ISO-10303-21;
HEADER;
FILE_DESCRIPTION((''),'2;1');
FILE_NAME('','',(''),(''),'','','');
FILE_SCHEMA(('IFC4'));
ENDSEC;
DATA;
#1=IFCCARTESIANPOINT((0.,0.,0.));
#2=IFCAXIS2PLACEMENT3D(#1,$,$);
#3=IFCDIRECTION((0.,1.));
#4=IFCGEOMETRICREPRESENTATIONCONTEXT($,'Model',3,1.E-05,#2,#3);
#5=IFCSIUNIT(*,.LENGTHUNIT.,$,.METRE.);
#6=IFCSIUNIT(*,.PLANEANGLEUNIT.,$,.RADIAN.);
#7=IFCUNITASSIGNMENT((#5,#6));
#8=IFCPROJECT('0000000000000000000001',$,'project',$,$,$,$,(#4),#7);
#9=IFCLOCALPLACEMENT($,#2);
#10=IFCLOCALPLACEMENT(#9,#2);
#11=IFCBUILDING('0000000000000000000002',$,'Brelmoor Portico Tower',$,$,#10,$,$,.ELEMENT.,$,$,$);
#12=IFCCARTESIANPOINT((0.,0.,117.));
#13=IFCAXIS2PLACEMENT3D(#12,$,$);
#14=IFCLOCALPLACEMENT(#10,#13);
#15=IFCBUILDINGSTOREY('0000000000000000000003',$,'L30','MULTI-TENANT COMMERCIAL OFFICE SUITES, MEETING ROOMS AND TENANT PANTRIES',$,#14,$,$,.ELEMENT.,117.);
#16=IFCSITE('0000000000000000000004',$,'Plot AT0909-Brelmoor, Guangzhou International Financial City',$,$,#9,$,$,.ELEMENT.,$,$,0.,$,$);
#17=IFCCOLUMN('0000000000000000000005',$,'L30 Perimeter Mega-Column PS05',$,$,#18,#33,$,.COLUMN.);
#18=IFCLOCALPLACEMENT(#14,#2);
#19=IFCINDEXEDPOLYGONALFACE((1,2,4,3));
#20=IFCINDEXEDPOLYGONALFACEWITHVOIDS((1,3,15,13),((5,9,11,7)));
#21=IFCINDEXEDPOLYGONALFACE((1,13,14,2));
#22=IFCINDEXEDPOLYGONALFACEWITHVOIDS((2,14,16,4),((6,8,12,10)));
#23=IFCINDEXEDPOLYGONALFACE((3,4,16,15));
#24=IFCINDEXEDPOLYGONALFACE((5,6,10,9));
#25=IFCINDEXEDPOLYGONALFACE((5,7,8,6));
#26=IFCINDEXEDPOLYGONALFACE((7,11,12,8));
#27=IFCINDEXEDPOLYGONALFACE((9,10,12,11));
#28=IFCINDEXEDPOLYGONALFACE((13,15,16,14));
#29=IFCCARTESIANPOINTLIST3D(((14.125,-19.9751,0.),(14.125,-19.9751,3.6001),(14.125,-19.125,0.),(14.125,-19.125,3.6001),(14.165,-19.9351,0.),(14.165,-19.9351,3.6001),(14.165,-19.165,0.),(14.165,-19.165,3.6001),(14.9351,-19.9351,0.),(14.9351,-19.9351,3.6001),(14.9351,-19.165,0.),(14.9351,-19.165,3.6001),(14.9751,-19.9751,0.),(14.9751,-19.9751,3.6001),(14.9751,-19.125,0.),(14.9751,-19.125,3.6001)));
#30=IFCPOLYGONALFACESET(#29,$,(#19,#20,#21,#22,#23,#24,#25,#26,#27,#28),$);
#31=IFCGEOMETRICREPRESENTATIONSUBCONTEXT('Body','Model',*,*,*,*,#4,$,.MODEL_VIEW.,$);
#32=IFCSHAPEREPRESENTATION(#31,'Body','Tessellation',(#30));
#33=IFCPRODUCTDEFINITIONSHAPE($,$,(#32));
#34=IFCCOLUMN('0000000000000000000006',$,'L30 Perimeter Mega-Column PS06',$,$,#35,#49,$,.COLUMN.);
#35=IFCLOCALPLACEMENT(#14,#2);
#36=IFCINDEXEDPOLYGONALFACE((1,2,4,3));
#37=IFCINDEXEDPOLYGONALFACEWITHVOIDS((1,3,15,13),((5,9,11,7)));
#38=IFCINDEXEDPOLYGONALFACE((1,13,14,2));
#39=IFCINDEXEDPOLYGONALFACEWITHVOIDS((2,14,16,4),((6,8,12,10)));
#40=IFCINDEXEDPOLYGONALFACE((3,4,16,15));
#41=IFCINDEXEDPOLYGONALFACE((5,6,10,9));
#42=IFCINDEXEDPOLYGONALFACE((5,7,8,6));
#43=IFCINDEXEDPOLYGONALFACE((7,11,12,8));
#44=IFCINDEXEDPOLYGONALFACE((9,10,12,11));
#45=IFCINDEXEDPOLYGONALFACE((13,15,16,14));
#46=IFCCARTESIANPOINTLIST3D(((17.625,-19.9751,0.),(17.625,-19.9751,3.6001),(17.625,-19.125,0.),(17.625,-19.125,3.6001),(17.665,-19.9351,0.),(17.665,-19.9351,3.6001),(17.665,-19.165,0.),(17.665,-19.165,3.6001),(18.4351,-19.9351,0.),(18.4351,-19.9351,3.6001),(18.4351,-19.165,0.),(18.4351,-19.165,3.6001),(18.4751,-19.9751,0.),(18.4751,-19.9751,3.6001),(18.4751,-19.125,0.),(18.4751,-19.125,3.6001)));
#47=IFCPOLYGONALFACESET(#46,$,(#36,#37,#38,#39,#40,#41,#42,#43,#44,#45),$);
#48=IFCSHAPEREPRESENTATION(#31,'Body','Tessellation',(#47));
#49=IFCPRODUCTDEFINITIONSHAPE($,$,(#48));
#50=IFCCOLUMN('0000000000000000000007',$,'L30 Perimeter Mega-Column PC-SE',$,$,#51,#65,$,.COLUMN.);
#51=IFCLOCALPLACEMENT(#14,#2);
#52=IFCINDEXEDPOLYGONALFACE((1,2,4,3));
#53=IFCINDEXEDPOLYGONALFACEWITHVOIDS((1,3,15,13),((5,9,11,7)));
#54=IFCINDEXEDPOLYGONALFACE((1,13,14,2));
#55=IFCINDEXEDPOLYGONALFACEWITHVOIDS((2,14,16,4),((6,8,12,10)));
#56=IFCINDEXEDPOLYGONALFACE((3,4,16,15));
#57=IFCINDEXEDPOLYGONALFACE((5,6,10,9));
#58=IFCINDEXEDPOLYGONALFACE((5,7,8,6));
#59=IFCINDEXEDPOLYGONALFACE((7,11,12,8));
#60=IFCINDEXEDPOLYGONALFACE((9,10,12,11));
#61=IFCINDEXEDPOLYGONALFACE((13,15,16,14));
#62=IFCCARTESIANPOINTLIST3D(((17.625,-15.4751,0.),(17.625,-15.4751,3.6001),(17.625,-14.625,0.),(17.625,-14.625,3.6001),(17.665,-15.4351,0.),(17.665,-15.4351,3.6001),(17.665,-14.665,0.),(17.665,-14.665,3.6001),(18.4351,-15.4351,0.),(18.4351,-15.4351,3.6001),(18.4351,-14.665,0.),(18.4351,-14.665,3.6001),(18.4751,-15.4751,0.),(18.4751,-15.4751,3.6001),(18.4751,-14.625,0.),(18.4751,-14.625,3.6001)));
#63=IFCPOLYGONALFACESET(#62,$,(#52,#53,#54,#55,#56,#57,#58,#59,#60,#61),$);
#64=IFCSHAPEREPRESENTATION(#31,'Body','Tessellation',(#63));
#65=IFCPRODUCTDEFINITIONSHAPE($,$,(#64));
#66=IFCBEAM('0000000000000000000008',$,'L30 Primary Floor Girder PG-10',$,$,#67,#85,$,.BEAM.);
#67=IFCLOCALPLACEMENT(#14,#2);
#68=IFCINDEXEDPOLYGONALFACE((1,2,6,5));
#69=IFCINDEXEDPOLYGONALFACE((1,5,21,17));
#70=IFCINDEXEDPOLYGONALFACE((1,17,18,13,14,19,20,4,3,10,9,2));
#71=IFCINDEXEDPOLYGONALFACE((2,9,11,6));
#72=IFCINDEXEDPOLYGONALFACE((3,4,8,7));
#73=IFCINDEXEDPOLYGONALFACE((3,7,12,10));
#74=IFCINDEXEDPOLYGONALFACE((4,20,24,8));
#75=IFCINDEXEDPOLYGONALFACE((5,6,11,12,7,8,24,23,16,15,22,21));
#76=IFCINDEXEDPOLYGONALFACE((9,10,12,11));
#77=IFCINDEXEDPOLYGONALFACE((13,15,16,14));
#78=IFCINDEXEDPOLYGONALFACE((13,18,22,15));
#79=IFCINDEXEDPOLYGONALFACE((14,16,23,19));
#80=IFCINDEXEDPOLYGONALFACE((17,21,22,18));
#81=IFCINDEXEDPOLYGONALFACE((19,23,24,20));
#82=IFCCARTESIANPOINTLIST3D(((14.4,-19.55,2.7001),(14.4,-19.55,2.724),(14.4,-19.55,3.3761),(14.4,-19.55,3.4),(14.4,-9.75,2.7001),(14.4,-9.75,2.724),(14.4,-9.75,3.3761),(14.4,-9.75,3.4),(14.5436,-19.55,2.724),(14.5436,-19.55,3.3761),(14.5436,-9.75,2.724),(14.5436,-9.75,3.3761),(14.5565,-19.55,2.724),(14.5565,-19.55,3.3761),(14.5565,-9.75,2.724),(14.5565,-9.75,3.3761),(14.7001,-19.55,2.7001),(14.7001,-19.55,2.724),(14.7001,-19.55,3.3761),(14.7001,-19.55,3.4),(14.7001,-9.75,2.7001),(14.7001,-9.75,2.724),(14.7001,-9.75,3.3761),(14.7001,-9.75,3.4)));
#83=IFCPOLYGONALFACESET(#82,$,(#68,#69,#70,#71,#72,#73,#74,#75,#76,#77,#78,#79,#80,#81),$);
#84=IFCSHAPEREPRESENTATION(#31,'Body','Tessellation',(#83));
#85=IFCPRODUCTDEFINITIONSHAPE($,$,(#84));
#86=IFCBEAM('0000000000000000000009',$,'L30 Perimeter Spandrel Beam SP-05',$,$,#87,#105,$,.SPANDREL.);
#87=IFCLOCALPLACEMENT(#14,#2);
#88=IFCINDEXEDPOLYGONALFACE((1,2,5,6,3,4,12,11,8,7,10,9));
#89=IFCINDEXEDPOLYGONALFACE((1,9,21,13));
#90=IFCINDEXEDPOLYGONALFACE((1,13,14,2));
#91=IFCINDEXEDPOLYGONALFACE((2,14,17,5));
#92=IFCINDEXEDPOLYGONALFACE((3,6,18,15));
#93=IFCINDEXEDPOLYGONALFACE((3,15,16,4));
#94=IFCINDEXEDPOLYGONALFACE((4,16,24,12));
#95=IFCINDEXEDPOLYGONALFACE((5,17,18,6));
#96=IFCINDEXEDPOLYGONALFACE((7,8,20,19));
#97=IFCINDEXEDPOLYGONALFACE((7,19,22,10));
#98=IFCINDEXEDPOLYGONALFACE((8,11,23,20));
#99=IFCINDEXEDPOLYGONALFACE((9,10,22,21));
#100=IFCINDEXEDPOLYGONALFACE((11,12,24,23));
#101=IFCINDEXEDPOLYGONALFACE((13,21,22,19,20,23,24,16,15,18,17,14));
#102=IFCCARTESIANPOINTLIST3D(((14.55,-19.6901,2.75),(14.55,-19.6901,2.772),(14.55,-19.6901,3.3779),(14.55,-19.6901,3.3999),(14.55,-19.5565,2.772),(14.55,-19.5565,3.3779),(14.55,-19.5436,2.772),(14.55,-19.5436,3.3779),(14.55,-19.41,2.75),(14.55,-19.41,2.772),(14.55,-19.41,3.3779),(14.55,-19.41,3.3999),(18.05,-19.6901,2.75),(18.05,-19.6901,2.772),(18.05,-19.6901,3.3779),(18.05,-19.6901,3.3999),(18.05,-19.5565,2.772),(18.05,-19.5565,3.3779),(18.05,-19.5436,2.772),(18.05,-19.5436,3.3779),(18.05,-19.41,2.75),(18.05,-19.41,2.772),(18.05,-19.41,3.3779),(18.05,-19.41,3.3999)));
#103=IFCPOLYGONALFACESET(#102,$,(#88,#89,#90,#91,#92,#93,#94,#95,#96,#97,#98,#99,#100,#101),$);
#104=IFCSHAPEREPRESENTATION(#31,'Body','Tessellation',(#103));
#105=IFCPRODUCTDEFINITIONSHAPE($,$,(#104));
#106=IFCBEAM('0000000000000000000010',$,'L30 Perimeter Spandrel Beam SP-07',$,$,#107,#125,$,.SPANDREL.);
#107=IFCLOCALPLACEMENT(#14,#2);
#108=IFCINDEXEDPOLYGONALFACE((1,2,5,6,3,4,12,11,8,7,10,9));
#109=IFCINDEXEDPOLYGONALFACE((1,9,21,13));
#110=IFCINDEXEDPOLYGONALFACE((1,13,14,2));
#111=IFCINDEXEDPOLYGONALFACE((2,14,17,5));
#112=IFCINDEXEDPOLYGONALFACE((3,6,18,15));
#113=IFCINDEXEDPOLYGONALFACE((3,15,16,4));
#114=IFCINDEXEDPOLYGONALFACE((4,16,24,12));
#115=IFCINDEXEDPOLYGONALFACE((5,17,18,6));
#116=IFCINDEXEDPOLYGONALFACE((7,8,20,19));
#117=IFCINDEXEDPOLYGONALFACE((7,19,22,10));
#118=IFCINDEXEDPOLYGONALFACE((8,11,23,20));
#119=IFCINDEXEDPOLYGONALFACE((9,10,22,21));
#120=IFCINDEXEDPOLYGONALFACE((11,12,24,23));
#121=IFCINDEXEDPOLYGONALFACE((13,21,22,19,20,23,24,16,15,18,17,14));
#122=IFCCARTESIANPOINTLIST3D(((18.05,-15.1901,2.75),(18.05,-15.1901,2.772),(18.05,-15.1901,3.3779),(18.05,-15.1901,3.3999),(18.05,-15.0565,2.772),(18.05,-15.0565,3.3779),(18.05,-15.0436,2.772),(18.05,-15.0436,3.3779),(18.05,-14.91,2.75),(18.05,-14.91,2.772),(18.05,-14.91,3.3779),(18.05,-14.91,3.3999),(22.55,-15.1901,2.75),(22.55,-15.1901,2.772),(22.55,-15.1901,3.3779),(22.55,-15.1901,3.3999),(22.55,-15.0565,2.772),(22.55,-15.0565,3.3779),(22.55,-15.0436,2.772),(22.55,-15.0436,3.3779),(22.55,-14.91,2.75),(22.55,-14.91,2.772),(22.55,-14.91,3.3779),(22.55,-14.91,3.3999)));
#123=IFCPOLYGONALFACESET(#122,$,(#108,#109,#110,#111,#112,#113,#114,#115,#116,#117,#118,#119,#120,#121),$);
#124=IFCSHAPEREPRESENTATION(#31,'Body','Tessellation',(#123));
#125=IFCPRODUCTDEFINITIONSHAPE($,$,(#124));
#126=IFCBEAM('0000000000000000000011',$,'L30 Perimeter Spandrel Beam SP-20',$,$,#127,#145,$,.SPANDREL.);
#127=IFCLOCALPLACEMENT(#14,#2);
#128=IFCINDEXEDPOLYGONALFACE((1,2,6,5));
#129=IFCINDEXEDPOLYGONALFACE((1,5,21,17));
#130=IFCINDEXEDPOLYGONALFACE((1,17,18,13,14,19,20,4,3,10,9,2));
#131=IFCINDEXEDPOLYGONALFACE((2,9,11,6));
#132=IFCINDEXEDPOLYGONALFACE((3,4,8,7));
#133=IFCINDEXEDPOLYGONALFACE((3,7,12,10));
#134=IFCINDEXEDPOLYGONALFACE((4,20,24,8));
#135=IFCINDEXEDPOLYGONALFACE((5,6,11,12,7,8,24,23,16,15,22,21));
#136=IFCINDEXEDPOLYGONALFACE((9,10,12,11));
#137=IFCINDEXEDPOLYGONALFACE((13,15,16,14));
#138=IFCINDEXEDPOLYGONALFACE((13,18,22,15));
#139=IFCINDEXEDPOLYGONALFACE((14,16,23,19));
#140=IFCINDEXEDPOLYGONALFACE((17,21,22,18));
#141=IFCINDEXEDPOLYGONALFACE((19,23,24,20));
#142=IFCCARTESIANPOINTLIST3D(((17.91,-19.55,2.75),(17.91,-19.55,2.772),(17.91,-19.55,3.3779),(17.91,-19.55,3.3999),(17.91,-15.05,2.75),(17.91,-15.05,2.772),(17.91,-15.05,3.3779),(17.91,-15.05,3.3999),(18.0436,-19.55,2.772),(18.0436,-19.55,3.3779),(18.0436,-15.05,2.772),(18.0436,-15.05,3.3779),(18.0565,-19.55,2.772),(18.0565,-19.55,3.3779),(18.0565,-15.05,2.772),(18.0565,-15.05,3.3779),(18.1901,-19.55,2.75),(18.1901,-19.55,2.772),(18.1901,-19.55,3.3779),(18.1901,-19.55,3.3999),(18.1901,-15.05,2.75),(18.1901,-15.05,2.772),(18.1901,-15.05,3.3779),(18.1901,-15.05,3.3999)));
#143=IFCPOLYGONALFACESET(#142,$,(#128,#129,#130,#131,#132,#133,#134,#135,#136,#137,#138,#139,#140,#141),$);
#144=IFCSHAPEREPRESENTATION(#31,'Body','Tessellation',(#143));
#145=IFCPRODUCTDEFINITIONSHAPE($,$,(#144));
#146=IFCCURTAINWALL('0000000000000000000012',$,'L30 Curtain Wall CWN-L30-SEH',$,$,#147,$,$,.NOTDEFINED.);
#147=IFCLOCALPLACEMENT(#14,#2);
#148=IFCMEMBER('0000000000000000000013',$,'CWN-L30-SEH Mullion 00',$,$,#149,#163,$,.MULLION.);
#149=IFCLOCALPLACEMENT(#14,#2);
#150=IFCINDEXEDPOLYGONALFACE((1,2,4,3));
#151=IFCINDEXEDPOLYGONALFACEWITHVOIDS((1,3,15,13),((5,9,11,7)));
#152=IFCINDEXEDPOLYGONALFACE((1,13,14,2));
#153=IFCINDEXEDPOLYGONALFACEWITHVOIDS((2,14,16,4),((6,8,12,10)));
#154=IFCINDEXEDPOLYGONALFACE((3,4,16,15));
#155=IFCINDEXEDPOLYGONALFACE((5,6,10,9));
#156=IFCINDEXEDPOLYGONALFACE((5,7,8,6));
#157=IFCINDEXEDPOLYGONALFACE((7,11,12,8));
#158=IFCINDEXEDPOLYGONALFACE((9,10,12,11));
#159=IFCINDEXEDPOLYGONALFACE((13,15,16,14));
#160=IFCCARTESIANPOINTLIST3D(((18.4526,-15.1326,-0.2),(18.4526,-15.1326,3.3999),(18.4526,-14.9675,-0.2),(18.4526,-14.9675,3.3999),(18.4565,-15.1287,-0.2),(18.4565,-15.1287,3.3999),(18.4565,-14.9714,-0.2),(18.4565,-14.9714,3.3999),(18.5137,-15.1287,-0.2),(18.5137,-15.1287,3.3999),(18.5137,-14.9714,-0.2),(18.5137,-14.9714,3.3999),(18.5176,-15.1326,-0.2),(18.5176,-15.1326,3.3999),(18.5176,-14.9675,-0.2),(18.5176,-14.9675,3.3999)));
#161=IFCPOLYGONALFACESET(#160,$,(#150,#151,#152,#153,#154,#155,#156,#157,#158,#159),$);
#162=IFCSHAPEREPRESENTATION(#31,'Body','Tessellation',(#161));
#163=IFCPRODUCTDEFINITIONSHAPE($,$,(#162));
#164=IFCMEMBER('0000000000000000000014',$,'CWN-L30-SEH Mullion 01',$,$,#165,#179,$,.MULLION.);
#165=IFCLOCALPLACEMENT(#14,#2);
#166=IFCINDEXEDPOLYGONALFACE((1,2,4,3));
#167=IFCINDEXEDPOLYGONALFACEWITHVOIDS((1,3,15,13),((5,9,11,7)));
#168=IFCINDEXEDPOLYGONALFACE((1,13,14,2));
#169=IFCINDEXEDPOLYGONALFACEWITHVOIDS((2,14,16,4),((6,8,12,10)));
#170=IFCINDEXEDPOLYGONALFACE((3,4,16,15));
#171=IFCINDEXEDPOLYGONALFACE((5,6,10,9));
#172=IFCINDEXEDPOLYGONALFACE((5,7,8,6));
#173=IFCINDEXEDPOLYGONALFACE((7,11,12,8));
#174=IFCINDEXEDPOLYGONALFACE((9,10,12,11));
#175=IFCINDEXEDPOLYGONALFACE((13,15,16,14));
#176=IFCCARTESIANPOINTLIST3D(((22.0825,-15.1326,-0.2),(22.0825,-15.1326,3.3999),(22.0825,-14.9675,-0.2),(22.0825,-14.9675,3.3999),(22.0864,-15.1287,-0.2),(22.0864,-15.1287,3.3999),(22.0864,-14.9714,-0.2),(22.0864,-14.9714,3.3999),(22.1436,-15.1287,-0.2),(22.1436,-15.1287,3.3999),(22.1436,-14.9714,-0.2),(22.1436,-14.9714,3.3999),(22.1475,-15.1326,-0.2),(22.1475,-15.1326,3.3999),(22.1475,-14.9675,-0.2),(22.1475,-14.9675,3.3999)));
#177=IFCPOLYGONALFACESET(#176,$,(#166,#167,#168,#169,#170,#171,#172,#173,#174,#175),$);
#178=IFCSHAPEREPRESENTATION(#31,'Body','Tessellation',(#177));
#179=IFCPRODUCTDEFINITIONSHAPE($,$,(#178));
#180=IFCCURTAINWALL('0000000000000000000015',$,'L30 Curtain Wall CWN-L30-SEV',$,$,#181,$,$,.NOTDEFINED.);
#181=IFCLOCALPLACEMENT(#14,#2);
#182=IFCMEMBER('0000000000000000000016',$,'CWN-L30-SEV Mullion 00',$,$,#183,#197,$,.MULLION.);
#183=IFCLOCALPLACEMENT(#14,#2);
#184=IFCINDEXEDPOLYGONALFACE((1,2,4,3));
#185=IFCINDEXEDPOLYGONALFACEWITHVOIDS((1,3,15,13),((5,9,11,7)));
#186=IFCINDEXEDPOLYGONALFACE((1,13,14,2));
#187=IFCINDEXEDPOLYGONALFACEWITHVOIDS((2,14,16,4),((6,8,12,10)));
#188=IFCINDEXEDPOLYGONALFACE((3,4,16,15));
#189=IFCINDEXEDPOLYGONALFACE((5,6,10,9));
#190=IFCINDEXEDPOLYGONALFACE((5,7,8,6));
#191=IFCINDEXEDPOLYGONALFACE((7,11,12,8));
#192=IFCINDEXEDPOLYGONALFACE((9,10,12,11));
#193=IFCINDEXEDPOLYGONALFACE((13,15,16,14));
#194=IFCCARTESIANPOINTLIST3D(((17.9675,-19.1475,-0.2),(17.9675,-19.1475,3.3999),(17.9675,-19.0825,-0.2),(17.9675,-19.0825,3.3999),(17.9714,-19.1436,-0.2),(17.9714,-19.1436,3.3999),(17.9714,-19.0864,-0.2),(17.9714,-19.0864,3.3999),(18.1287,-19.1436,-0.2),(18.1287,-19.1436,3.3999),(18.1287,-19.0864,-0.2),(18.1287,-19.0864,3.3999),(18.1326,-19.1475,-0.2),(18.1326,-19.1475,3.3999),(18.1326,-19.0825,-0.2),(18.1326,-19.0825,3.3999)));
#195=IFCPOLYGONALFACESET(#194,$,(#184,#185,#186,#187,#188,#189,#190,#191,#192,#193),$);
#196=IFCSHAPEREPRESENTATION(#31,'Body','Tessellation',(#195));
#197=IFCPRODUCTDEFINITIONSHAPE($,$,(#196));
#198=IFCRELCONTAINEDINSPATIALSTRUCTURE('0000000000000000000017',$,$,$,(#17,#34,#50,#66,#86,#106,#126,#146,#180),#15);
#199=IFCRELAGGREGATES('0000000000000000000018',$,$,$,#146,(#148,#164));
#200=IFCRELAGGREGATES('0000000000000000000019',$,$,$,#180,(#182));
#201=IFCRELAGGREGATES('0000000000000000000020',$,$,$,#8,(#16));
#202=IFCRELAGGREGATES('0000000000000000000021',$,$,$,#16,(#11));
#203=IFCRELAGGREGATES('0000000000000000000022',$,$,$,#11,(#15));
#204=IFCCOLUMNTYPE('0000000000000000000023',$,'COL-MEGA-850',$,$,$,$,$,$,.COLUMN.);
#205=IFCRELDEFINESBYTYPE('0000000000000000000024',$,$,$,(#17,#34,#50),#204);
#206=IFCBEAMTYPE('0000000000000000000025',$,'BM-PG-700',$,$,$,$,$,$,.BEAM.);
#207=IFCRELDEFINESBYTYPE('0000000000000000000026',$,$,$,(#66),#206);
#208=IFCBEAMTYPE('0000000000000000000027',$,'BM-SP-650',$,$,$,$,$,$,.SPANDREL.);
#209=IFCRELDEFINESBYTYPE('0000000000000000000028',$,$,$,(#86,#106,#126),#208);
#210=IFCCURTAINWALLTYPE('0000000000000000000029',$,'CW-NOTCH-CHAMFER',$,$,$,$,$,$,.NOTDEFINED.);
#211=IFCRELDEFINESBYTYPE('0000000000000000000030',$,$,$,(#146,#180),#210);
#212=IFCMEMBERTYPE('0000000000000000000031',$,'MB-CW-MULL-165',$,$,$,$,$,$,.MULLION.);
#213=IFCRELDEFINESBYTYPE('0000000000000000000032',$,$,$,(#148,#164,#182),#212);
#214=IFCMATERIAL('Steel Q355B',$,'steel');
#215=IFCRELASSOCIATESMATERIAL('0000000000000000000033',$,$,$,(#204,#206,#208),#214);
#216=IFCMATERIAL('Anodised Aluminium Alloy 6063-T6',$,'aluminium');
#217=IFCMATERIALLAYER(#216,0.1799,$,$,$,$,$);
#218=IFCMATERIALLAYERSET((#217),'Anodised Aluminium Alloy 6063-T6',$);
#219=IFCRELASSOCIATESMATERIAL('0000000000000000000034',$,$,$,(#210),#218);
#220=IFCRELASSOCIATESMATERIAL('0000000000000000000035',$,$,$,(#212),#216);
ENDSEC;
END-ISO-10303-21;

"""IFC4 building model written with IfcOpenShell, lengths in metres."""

from ifc_helpers import new_model, si_unit, direction, frame, origin, origin_2d, place, context, subcontext, project, spatial, hollow_rectangle, i_section, extrude, material, layer, layer_set, material_profile, profile_set, type_object, element, aggregate, save


model = new_model("IFC4")

# Units and contexts
model_context = context("Model", 3, precision=1e-05, world=origin(), true_north=direction((0.0, 1.0)))
body_context = subcontext(model_context, "Body", "Model", "MODEL_VIEW")
ifc_project = project(units=[si_unit("LENGTHUNIT", "METRE"), si_unit("PLANEANGLEUNIT", "RADIAN")], contexts=[model_context])

# Site, building, storey
site_placement = place(None, origin())
site = spatial("IfcSite", under=ifc_project, at=site_placement, Name="Plot AT0909-Brelmoor, Guangzhou International Financial City", CompositionType="ELEMENT", RefElevation=0.0)
building_placement = place(site_placement, origin())
building = spatial("IfcBuilding", under=site, at=building_placement, Name="Brelmoor Portico Tower", CompositionType="ELEMENT")
storey_placement = place(building_placement, frame((0.0, 0.0, 117.0)))
storey = spatial("IfcBuildingStorey", under=building, at=storey_placement, Name="L30", Description="MULTI-TENANT COMMERCIAL OFFICE SUITES, MEETING ROOMS AND TENANT PANTRIES", CompositionType="ELEMENT", Elevation=117.0)

# Columns
ifc_material_1 = material(Name="Steel Q355B", Category="steel")
ifc_material_profile_1 = material_profile(ifc_material_1, hollow_rectangle(XDim=0.8501, YDim=0.8501, WallThickness=0.04, at=origin_2d()), Name="BOX 850x850x40")
ifc_profile_set_1 = profile_set([ifc_material_profile_1], Name="Steel Q355B")
column_type = type_object("IfcColumnType", Name="COL-MEGA-850", PredefinedType="COLUMN", material=ifc_profile_set_1)
for number, where, z_axis, x_axis, name in (
    (1, (14.55, -19.55, 0.0), (0.0, 0.0, 1.0), (1.0, 0.0, 0.0), "L30 Perimeter Mega-Column PS05"),
    (2, (18.05, -19.55, 0.0), (0.0, 0.0, 1.0), (1.0, 0.0, 0.0), "L30 Perimeter Mega-Column PS06"),
    (3, (18.05, -15.05, 0.0), (0.0, 0.0, 1.0), (1.0, 0.0, 0.0), "L30 Perimeter Mega-Column PC-SE"),
):
    element("IfcColumn", number, at=place(storey_placement, frame(where, z_axis=z_axis, x_axis=x_axis)), inside=storey, type_object=column_type, Name=name, PredefinedType="COLUMN", context=body_context, shape_type="SweptSolid", body=[
        extrude(hollow_rectangle(XDim=0.8501, YDim=0.8501, WallThickness=0.04, at=origin_2d()), origin(), (0.0, 0.0, 1.0), 3.6001),
    ])

# Beams
ifc_material_profile_2 = material_profile(ifc_material_1, i_section(OverallWidth=0.3, OverallDepth=0.7, WebThickness=0.0129, FlangeThickness=0.0239, at=origin_2d()), Name="HN 700x300x13x24")
ifc_profile_set_2 = profile_set([ifc_material_profile_2], Name="Steel Q355B")
beam_type_1 = type_object("IfcBeamType", Name="BM-PG-700", PredefinedType="BEAM", material=ifc_profile_set_2)
beam_1_placement = place(storey_placement, frame((14.55, -19.55, 3.05), z_axis=(0.0, 1.0, 0.0), x_axis=(-1.0, 0.0, 0.0)))
element("IfcBeam", 4, at=beam_1_placement, inside=storey, type_object=beam_type_1, Name="L30 Primary Floor Girder PG-10", PredefinedType="BEAM", context=body_context, shape_type="SweptSolid", body=[
    extrude(i_section(OverallWidth=0.3, OverallDepth=0.7, WebThickness=0.0129, FlangeThickness=0.0239, at=origin_2d()), origin(), (0.0, 0.0, 1.0), 9.8),
])
ifc_material_profile_3 = material_profile(ifc_material_1, i_section(OverallWidth=0.28, OverallDepth=0.6499, WebThickness=0.0129, FlangeThickness=0.022, at=origin_2d()), Name="HN 650x280x13x22")
ifc_profile_set_3 = profile_set([ifc_material_profile_3], Name="Steel Q355B")
beam_type_2 = type_object("IfcBeamType", Name="BM-SP-650", PredefinedType="SPANDREL", material=ifc_profile_set_3)
beam_2_placement = place(storey_placement, frame((14.55, -19.55, 3.075), z_axis=(1.0, 0.0, 0.0), x_axis=(0.0, 1.0, 0.0)))
element("IfcBeam", 5, at=beam_2_placement, inside=storey, type_object=beam_type_2, Name="L30 Perimeter Spandrel Beam SP-05", PredefinedType="SPANDREL", context=body_context, shape_type="SweptSolid", body=[
    extrude(i_section(OverallWidth=0.28, OverallDepth=0.6499, WebThickness=0.0129, FlangeThickness=0.022, at=origin_2d()), origin(), (0.0, 0.0, 1.0), 3.5),
])
for number, where, z_axis, x_axis, name in (
    (6, (18.05, -15.05, 3.075), (1.0, 0.0, 0.0), (0.0, 1.0, 0.0), "L30 Perimeter Spandrel Beam SP-07"),
    (7, (18.05, -19.55, 3.075), (0.0, 1.0, 0.0), (-1.0, 0.0, 0.0), "L30 Perimeter Spandrel Beam SP-20"),
):
    element("IfcBeam", number, at=place(storey_placement, frame(where, z_axis=z_axis, x_axis=x_axis)), inside=storey, type_object=beam_type_2, Name=name, PredefinedType="SPANDREL", context=body_context, shape_type="SweptSolid", body=[
        extrude(i_section(OverallWidth=0.28, OverallDepth=0.6499, WebThickness=0.0129, FlangeThickness=0.022, at=origin_2d()), origin(), (0.0, 0.0, 1.0), 4.5),
    ])

# Curtain walls, members
ifc_material_2 = material(Name="Anodised Aluminium Alloy 6063-T6", Category="aluminium")
ifc_layer_1 = layer(ifc_material_2, 0.1799)
ifc_layer_set_1 = layer_set([ifc_layer_1], Name="Anodised Aluminium Alloy 6063-T6")
curtain_wall_type_1 = type_object("IfcCurtainWallType", Name="CW-NOTCH-CHAMFER", PredefinedType="NOTDEFINED", material=ifc_layer_set_1)
curtain_wall_1_placement = place(storey_placement, origin())
curtain_wall_1 = element("IfcCurtainWall", 8, at=curtain_wall_1_placement, inside=storey, type_object=curtain_wall_type_1, Name="L30 Curtain Wall CWN-L30-SEH", PredefinedType="NOTDEFINED")
ifc_material_profile_4 = material_profile(ifc_material_2, hollow_rectangle(XDim=0.0649, YDim=0.165, WallThickness=0.0039, at=origin_2d()), Name="ALU MULLION 65x165")
ifc_profile_set_4 = profile_set([ifc_material_profile_4], Name="Anodised Aluminium Alloy 6063-T6")
member_type_1 = type_object("IfcMemberType", Name="MB-CW-MULL-165", PredefinedType="MULLION", material=ifc_profile_set_4)
member_1_placement = place(storey_placement, frame((18.4851, -15.05, -0.2), z_axis=(0.0, 0.0, 1.0), x_axis=(1.0, 0.0, 0.0)))
member_1 = element("IfcMember", 9, at=member_1_placement, type_object=member_type_1, Name="CWN-L30-SEH Mullion 00", PredefinedType="MULLION", context=body_context, shape_type="SweptSolid", body=[
    extrude(hollow_rectangle(XDim=0.0649, YDim=0.165, WallThickness=0.0039, at=origin_2d()), origin(), (0.0, 0.0, 1.0), 3.5999),
])
member_2_placement = place(storey_placement, frame((22.115, -15.05, -0.2), z_axis=(0.0, 0.0, 1.0), x_axis=(1.0, 0.0, 0.0)))
member_2 = element("IfcMember", 10, at=member_2_placement, type_object=member_type_1, Name="CWN-L30-SEH Mullion 01", PredefinedType="MULLION", context=body_context, shape_type="SweptSolid", body=[
    extrude(hollow_rectangle(XDim=0.0649, YDim=0.165, WallThickness=0.0039, at=origin_2d()), origin(), (0.0, 0.0, 1.0), 3.5999),
])
curtain_wall_2_placement = place(storey_placement, origin())
curtain_wall_2 = element("IfcCurtainWall", 11, at=curtain_wall_2_placement, inside=storey, type_object=curtain_wall_type_1, Name="L30 Curtain Wall CWN-L30-SEV", PredefinedType="NOTDEFINED")
member_3_placement = place(storey_placement, frame((18.05, -19.115, -0.2), z_axis=(0.0, 0.0, 1.0), x_axis=(0.0, 1.0, 0.0)))
member_3 = element("IfcMember", 12, at=member_3_placement, type_object=member_type_1, Name="CWN-L30-SEV Mullion 00", PredefinedType="MULLION", context=body_context, shape_type="SweptSolid", body=[
    extrude(hollow_rectangle(XDim=0.0649, YDim=0.165, WallThickness=0.0039, at=origin_2d()), origin(), (0.0, 0.0, 1.0), 3.5999),
])

aggregate(curtain_wall_1, [member_1, member_2])
aggregate(curtain_wall_2, [member_3])

save(model, "model.ifc")
